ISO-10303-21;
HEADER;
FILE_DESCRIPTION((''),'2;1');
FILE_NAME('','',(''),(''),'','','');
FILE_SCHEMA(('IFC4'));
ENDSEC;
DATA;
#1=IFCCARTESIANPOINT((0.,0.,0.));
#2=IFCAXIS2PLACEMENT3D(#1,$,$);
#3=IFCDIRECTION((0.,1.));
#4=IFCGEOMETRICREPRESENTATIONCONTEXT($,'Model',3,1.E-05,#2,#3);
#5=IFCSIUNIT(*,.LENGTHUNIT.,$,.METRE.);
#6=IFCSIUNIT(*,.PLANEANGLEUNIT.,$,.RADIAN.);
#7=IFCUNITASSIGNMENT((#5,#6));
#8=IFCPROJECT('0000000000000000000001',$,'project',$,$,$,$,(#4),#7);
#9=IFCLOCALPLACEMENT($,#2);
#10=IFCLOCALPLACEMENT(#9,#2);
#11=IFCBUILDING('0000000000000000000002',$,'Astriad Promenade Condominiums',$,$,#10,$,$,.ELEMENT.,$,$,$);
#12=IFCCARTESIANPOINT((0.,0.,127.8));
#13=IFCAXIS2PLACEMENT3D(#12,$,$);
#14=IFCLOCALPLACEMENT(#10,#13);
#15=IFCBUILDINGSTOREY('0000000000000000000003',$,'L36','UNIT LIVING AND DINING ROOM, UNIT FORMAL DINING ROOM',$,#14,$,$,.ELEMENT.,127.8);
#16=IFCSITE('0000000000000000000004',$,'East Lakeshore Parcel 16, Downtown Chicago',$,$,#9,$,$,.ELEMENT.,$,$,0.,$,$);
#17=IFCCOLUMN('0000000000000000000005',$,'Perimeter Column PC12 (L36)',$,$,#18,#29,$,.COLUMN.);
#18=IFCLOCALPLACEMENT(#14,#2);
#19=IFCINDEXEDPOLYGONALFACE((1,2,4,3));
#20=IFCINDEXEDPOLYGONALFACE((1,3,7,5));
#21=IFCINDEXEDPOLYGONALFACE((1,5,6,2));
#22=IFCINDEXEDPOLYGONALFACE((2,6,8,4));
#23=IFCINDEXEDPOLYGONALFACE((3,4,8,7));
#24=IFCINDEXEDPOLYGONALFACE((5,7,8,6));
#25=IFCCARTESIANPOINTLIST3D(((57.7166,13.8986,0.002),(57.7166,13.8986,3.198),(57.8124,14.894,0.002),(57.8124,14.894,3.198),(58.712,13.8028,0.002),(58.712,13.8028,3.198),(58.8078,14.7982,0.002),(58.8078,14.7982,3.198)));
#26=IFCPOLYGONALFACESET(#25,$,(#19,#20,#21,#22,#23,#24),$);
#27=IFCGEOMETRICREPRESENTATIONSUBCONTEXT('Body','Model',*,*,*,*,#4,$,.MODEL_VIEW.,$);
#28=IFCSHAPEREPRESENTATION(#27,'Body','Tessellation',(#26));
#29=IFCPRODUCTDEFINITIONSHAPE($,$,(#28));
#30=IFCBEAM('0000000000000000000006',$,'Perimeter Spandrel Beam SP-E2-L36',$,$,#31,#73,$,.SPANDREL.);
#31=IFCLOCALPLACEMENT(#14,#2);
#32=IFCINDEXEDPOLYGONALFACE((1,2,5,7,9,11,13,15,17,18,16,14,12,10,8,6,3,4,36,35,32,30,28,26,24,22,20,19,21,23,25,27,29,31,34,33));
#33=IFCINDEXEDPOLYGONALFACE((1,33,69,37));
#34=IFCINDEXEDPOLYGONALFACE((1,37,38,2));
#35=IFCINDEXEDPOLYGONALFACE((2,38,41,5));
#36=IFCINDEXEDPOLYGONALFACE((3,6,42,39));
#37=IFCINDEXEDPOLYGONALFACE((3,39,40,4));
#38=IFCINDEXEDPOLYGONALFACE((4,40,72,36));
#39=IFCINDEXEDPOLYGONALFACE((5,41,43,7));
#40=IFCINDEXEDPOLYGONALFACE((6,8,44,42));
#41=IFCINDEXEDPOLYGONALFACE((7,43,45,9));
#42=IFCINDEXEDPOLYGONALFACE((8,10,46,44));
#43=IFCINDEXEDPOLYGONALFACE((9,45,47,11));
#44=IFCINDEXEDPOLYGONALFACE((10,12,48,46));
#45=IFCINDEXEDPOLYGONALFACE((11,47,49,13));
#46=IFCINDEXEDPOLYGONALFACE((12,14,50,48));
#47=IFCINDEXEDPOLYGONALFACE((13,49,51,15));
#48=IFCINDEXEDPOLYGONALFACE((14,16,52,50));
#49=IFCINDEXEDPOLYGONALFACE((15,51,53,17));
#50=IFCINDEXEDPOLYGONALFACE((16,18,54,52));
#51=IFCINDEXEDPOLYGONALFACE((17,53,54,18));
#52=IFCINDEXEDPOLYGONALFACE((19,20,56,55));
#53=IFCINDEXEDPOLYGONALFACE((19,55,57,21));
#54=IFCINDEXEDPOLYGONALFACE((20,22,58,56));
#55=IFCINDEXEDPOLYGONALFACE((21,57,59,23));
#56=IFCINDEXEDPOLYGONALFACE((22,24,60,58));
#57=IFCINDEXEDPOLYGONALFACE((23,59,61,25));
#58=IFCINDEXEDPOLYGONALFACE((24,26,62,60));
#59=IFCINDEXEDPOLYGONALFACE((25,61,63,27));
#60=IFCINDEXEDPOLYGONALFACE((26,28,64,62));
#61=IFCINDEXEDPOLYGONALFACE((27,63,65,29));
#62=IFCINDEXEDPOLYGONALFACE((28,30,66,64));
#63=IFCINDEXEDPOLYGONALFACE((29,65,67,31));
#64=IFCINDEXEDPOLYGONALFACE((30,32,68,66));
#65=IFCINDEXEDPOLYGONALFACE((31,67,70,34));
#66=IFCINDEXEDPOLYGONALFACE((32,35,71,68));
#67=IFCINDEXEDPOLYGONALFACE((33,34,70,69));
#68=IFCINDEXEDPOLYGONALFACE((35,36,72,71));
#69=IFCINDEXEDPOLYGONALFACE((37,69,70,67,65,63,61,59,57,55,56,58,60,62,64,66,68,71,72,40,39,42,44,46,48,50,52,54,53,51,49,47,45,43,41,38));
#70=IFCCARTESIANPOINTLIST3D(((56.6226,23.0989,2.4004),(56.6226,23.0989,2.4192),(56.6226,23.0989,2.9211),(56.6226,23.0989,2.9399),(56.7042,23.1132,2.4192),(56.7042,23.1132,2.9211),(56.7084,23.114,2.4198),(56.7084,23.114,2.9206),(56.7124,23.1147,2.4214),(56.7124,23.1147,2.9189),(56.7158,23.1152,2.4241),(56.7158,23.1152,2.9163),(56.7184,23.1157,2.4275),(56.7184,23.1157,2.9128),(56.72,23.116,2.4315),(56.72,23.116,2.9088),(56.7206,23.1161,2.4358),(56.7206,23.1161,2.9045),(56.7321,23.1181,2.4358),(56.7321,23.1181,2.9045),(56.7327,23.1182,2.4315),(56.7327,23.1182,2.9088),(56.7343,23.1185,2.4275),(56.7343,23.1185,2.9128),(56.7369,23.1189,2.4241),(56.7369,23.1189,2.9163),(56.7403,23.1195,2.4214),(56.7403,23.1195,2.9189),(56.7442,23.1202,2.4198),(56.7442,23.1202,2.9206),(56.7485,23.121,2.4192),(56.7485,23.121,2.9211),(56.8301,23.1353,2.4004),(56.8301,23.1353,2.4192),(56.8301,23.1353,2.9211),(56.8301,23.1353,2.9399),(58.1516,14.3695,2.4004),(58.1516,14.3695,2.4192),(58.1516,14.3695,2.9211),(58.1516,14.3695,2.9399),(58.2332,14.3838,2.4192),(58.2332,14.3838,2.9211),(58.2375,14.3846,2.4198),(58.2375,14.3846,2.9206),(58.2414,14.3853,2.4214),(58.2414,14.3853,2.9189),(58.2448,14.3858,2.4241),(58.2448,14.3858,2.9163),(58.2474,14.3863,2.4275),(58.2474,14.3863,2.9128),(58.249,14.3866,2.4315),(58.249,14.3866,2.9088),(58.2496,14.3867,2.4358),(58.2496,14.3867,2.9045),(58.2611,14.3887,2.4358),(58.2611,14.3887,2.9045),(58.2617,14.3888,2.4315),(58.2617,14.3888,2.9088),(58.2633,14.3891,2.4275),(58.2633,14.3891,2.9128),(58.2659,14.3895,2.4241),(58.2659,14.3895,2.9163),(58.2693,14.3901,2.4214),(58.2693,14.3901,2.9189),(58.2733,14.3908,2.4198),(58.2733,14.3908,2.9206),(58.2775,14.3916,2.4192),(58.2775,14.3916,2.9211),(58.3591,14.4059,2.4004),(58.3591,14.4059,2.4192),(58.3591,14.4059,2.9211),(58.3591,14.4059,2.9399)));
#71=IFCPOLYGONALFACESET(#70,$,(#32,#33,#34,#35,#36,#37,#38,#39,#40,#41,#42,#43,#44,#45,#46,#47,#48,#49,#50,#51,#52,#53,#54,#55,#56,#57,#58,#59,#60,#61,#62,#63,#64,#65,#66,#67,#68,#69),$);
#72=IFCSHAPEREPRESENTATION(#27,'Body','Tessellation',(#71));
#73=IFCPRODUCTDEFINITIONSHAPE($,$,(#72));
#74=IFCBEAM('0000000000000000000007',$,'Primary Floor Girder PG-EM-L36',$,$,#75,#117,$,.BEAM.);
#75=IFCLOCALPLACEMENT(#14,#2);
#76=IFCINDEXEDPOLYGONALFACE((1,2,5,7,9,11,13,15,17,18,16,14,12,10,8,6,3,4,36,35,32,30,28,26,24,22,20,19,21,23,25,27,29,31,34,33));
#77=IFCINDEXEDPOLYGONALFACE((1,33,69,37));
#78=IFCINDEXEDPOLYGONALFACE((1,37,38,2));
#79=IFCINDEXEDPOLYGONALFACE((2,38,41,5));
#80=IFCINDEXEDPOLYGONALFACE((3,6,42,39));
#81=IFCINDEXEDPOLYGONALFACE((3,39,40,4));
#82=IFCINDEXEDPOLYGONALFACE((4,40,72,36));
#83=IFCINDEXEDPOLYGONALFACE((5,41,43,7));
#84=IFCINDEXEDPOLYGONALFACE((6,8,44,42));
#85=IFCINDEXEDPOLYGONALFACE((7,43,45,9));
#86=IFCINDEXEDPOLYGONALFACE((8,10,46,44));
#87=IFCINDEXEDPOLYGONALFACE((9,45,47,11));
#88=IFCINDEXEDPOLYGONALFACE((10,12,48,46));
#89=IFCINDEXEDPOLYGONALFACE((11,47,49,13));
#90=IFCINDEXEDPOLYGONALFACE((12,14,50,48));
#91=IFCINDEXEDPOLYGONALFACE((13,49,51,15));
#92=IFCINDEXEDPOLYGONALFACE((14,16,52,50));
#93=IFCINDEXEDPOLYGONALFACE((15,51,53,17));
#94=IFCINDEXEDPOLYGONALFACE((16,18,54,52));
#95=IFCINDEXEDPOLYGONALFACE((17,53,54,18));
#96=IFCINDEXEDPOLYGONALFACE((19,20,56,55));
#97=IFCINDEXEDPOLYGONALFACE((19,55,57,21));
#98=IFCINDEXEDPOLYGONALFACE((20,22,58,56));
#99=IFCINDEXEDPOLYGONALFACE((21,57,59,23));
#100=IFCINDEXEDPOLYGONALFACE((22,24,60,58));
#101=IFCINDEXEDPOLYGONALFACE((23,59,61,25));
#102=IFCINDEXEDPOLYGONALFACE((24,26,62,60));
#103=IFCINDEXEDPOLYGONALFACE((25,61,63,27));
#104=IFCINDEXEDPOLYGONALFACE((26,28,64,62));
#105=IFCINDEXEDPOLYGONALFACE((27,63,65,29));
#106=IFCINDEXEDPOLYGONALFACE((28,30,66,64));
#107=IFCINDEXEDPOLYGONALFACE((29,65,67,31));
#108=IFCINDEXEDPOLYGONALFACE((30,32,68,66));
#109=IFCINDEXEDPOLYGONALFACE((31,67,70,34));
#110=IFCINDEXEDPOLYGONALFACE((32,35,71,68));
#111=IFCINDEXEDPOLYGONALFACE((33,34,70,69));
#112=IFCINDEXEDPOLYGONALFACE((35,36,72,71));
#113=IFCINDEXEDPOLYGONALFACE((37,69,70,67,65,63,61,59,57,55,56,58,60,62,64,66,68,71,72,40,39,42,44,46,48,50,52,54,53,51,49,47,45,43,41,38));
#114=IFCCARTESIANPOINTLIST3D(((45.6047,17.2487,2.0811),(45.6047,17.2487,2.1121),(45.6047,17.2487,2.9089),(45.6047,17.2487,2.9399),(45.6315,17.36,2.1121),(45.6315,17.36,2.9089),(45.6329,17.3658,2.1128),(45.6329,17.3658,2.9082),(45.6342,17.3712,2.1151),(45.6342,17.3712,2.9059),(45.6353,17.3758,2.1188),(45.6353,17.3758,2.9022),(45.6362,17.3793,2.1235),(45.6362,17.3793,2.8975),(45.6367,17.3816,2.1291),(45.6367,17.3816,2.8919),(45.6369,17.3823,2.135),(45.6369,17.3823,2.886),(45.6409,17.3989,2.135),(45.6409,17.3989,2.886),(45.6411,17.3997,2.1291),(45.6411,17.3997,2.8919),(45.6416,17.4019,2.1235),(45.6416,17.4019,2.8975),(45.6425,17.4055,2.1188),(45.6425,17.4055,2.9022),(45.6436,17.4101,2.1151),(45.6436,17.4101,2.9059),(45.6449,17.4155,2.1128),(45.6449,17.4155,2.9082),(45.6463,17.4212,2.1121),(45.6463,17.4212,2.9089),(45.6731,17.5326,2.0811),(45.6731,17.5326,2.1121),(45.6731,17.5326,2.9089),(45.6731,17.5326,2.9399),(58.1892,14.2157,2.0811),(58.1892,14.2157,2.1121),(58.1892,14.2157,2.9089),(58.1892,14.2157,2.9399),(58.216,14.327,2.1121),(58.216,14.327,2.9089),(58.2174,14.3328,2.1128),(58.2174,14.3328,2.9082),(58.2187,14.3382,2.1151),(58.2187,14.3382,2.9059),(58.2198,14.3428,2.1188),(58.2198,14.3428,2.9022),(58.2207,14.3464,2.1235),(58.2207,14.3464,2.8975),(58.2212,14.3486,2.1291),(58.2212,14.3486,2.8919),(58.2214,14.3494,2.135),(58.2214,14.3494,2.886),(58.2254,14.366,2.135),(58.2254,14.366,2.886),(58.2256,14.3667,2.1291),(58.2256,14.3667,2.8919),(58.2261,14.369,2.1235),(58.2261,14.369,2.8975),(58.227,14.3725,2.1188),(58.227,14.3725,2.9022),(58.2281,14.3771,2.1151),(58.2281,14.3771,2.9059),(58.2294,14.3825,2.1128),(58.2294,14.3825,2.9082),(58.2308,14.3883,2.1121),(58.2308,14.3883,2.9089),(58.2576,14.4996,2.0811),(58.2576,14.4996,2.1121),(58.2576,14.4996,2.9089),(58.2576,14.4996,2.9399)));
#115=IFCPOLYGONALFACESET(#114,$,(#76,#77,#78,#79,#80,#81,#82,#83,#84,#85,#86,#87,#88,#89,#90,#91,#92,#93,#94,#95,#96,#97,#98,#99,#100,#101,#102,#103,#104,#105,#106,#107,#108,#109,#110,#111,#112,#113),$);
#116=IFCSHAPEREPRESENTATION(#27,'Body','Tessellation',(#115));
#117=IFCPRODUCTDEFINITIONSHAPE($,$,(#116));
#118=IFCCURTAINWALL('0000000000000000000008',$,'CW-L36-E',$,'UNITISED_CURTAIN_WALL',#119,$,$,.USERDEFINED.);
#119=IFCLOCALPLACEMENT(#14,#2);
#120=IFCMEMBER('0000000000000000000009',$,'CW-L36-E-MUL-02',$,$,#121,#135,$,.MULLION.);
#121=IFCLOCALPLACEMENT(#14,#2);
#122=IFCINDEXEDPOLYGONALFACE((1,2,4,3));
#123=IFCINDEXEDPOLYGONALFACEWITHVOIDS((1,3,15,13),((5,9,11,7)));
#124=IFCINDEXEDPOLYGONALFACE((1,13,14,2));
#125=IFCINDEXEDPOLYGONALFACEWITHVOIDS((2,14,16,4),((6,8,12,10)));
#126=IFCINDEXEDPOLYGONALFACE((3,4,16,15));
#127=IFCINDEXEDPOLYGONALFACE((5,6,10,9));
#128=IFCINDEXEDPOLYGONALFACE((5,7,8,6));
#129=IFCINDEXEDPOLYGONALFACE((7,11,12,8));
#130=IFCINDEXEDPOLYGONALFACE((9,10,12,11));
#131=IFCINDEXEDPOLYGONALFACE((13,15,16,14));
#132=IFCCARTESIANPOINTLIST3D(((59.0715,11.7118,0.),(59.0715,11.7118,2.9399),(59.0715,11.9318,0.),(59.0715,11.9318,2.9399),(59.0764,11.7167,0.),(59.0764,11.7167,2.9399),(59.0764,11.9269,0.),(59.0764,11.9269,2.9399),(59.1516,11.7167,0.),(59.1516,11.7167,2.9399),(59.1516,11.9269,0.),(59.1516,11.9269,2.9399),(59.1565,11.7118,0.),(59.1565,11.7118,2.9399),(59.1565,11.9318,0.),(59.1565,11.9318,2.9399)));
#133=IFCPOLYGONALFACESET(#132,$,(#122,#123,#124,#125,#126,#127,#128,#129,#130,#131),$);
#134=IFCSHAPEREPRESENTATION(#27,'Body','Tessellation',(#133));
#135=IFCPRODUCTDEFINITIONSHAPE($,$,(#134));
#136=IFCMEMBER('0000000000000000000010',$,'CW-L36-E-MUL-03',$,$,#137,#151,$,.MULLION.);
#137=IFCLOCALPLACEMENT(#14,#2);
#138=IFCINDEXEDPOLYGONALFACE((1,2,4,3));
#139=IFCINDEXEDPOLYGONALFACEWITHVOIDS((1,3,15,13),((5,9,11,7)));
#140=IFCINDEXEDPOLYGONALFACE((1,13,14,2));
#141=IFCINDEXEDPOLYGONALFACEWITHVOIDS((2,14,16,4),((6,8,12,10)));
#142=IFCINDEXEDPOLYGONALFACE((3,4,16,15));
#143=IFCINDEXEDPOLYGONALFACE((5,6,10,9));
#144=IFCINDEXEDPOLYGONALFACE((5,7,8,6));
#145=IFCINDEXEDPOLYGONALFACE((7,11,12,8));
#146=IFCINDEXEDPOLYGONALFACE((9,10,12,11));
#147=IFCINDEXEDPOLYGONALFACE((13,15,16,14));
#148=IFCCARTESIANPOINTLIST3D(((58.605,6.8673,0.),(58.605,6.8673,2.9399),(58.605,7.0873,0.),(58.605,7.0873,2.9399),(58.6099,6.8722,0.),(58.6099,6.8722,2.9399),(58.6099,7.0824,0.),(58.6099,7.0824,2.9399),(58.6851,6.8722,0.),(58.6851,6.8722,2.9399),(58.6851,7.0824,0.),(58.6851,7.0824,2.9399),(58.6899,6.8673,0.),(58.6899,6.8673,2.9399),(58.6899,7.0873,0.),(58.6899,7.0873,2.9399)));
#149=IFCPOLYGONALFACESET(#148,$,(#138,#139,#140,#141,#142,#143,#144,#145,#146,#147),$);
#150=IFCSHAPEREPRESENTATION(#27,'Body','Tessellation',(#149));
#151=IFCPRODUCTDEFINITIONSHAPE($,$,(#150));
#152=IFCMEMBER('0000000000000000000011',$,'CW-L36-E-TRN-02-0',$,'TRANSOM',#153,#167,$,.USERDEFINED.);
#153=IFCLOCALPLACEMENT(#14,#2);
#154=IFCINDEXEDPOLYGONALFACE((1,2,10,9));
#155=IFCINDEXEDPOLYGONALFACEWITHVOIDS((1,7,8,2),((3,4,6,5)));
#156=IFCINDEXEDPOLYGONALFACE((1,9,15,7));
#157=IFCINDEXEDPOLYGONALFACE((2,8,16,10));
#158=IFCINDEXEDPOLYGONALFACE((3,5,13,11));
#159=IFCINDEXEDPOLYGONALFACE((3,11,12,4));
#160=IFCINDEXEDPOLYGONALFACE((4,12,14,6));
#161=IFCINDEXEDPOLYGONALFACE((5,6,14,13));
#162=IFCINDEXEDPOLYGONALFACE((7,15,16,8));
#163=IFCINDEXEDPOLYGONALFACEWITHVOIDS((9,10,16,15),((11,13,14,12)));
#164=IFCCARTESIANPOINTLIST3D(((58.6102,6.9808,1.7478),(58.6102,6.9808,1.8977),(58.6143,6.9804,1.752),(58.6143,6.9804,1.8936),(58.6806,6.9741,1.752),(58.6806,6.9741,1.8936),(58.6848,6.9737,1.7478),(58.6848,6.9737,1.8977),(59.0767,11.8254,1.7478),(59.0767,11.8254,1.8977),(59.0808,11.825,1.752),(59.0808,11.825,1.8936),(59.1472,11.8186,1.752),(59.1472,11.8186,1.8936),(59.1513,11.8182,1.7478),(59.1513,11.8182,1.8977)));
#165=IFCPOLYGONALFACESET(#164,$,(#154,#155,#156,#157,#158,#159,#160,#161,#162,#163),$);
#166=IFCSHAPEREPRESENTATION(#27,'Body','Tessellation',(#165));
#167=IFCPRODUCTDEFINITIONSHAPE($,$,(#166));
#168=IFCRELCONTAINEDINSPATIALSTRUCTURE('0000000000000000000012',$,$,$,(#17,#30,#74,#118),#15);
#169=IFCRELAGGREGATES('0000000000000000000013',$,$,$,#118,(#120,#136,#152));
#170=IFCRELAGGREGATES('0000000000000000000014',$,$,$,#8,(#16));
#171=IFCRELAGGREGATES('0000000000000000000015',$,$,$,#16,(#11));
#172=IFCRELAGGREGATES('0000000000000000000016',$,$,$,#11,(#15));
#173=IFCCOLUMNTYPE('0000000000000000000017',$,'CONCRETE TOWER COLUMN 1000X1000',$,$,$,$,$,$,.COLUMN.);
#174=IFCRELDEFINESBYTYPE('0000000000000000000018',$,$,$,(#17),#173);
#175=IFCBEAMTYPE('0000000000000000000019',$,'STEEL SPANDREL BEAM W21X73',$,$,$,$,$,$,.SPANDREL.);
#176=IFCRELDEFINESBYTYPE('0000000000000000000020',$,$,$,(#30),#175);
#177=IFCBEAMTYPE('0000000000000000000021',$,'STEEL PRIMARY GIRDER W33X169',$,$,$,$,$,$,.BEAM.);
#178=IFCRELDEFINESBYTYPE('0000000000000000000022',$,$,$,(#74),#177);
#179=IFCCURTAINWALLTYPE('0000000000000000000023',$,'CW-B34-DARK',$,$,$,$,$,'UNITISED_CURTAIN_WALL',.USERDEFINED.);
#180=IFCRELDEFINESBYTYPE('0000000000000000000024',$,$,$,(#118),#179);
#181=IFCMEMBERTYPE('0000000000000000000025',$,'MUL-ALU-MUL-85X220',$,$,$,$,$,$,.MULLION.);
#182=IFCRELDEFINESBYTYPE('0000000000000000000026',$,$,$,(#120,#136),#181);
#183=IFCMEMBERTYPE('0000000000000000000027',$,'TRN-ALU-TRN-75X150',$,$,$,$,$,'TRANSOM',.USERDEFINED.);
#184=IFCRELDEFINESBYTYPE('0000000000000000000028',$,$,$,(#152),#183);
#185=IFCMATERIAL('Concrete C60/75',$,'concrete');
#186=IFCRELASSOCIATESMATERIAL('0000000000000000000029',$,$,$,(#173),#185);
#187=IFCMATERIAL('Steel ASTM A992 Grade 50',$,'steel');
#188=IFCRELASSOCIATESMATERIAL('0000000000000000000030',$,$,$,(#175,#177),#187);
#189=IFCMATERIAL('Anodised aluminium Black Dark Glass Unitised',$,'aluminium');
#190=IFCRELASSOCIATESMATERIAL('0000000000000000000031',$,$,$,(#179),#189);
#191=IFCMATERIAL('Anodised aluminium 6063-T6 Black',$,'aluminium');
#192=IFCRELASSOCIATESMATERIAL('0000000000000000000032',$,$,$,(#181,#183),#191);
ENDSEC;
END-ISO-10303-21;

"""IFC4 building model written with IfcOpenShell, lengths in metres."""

from ifc_helpers import new_model, si_unit, direction, frame, origin, origin_2d, place, context, subcontext, project, spatial, rectangle, hollow_rectangle, i_section, extrude, source, transform, mapped, material, material_profile, profile_set, type_object, type_shapes, element, aggregate, save


model = new_model("IFC4")

# Units and contexts
model_context = context("Model", 3, precision=1e-05, world=origin(), true_north=direction((0.0, 1.0)))
body_context = subcontext(model_context, "Body", "Model", "MODEL_VIEW")
ifc_project = project(units=[si_unit("LENGTHUNIT", "METRE"), si_unit("PLANEANGLEUNIT", "RADIAN")], contexts=[model_context])

# Site, building, storey
site_placement = place(None, origin())
site = spatial("IfcSite", under=ifc_project, at=site_placement, Name="East Lakeshore Parcel 16, Downtown Chicago", CompositionType="ELEMENT", RefElevation=0.0)
building_placement = place(site_placement, origin())
building = spatial("IfcBuilding", under=site, at=building_placement, Name="Astriad Promenade Condominiums", CompositionType="ELEMENT")
storey_placement = place(building_placement, frame((0.0, 0.0, 127.8)))
storey = spatial("IfcBuildingStorey", under=building, at=storey_placement, Name="L36", Description="UNIT LIVING AND DINING ROOM, UNIT FORMAL DINING ROOM", CompositionType="ELEMENT", Elevation=127.8)

# Column
ifc_material_1 = material(Name="Concrete C60/75", Category="concrete")
ifc_material_profile_1 = material_profile(ifc_material_1, rectangle(XDim=1.0, YDim=1.0, at=origin_2d()), Name="RC-COL-1000X1000")
ifc_profile_set_1 = profile_set([ifc_material_profile_1], Name="Concrete C60/75")
column_type = type_object("IfcColumnType", Name="CONCRETE TOWER COLUMN 1000X1000", PredefinedType="COLUMN", material=ifc_profile_set_1)
shared_shape_1 = source(origin(), body_context, "Body", "SweptSolid", [
    extrude(rectangle(XDim=1.0, YDim=1.0, at=origin_2d()), origin(), (0.0, 0.0, 1.0), 3.196),
])
type_shapes(column_type, [shared_shape_1])
column_placement = place(storey_placement, frame((58.2622, 14.3484, 0.002), z_axis=(0.0, 0.0, 1.0), x_axis=(0.995396, -0.095846, 0.0)))
element("IfcColumn", 1, at=column_placement, inside=storey, type_object=column_type, Name="Perimeter Column PC12 (L36)", PredefinedType="COLUMN", context=body_context, shape_type="MappedRepresentation", body=[
    mapped(shared_shape_1, transform((0.0, 0.0, 0.0), scale=1.0)),
])

# Beams
ifc_material_2 = material(Name="Steel ASTM A992 Grade 50", Category="steel")
ifc_material_profile_2 = material_profile(ifc_material_2, i_section(OverallWidth=0.2107, OverallDepth=0.5396, WebThickness=0.0117, FlangeThickness=0.0188, FilletRadius=0.0166, at=origin_2d()), Name="W21X73")
ifc_profile_set_2 = profile_set([ifc_material_profile_2], Name="Steel ASTM A992 Grade 50")
beam_type_1 = type_object("IfcBeamType", Name="STEEL SPANDREL BEAM W21X73", PredefinedType="SPANDREL", material=ifc_profile_set_2)
shared_shape_2 = source(origin(), body_context, "Body", "SweptSolid", [
    extrude(i_section(OverallWidth=0.2107, OverallDepth=0.5396, WebThickness=0.0117, FlangeThickness=0.0188, FilletRadius=0.0166, at=origin_2d()), origin(), (0.0, 0.0, 1.0), 8.8623),
])
type_shapes(beam_type_1, [shared_shape_2])
beam_1_placement = place(storey_placement, frame((58.2554, 14.3877, 2.6702), z_axis=(-0.172533, 0.985004, 0.0), x_axis=(-0.985004, -0.172533, 0.0)))
element("IfcBeam", 2, at=beam_1_placement, inside=storey, type_object=beam_type_1, Name="Perimeter Spandrel Beam SP-E2-L36", PredefinedType="SPANDREL", context=body_context, shape_type="MappedRepresentation", body=[
    mapped(shared_shape_2, transform((0.0, 0.0, 0.0), scale=1.0)),
])
ifc_material_profile_3 = material_profile(ifc_material_2, i_section(OverallWidth=0.292, OverallDepth=0.8589, WebThickness=0.0171, FlangeThickness=0.031, FilletRadius=0.0229, at=origin_2d()), Name="W33X169")
ifc_profile_set_3 = profile_set([ifc_material_profile_3], Name="Steel ASTM A992 Grade 50")
beam_type_2 = type_object("IfcBeamType", Name="STEEL PRIMARY GIRDER W33X169", PredefinedType="BEAM", material=ifc_profile_set_3)
shared_shape_3 = source(origin(), body_context, "Body", "SweptSolid", [
    extrude(i_section(OverallWidth=0.292, OverallDepth=0.8589, WebThickness=0.0171, FlangeThickness=0.031, FilletRadius=0.0229, at=origin_2d()), origin(), (0.0, 0.0, 1.0), 12.9448),
])
type_shapes(beam_type_2, [shared_shape_3])
beam_2_placement = place(storey_placement, frame((58.2234, 14.3577, 2.5105), z_axis=(-0.972164, 0.234299, 0.0), x_axis=(-0.234299, -0.972164, 0.0)))
element("IfcBeam", 3, at=beam_2_placement, inside=storey, type_object=beam_type_2, Name="Primary Floor Girder PG-EM-L36", PredefinedType="BEAM", context=body_context, shape_type="MappedRepresentation", body=[
    mapped(shared_shape_3, transform((0.0, 0.0, 0.0), scale=1.0)),
])

# Curtain wall, members
ifc_material_3 = material(Name="Anodised aluminium Black Dark Glass Unitised", Category="aluminium")
curtain_wall_type = type_object("IfcCurtainWallType", Name="CW-B34-DARK", ElementType="UNITISED_CURTAIN_WALL", PredefinedType="USERDEFINED", material=ifc_material_3)
curtain_wall_placement = place(storey_placement, origin())
curtain_wall = element("IfcCurtainWall", 4, at=curtain_wall_placement, inside=storey, type_object=curtain_wall_type, Name="CW-L36-E", ObjectType="UNITISED_CURTAIN_WALL", PredefinedType="USERDEFINED")
ifc_material_4 = material(Name="Anodised aluminium 6063-T6 Black", Category="aluminium")
ifc_material_profile_4 = material_profile(ifc_material_4, hollow_rectangle(XDim=0.085, YDim=0.22, WallThickness=0.0049, at=origin_2d()), Name="ALU-MUL-85X220")
ifc_profile_set_4 = profile_set([ifc_material_profile_4], Name="Anodised aluminium 6063-T6 Black")
member_type_1 = type_object("IfcMemberType", Name="MUL-ALU-MUL-85X220", PredefinedType="MULLION", material=ifc_profile_set_4)
shared_shape_4 = source(origin(), body_context, "Body", "SweptSolid", [
    extrude(hollow_rectangle(XDim=0.085, YDim=0.22, WallThickness=0.0049, at=origin_2d()), origin(), (0.0, 0.0, 1.0), 2.9399),
])
type_shapes(member_type_1, [shared_shape_4])
member_1_placement = place(storey_placement, frame((59.114, 11.8218, 0.0), z_axis=(0.0, 0.0, 1.0), x_axis=(1.0, 0.0, 0.0)))
member_1 = element("IfcMember", 5, at=member_1_placement, type_object=member_type_1, Name="CW-L36-E-MUL-02", PredefinedType="MULLION", context=body_context, shape_type="MappedRepresentation", body=[
    mapped(shared_shape_4, transform((0.0, 0.0, 0.0), scale=1.0)),
])
member_2_placement = place(storey_placement, frame((58.6475, 6.9773, 0.0), z_axis=(0.0, 0.0, 1.0), x_axis=(1.0, 0.0, 0.0)))
member_2 = element("IfcMember", 6, at=member_2_placement, type_object=member_type_1, Name="CW-L36-E-MUL-03", PredefinedType="MULLION", context=body_context, shape_type="MappedRepresentation", body=[
    mapped(shared_shape_4, transform((0.0, 0.0, 0.0), scale=1.0)),
])
ifc_material_profile_5 = material_profile(ifc_material_4, hollow_rectangle(XDim=0.075, YDim=0.1499, WallThickness=0.0042, at=origin_2d()), Name="ALU-TRN-75X150")
ifc_profile_set_5 = profile_set([ifc_material_profile_5], Name="Anodised aluminium 6063-T6 Black")
member_type_2 = type_object("IfcMemberType", Name="TRN-ALU-TRN-75X150", ElementType="TRANSOM", PredefinedType="USERDEFINED", material=ifc_profile_set_5)
shared_shape_5 = source(origin(), body_context, "Body", "SweptSolid", [
    extrude(hollow_rectangle(XDim=0.075, YDim=0.1499, WallThickness=0.0042, at=origin_2d()), origin(), (0.0, 0.0, 1.0), 4.8669),
])
type_shapes(member_type_2, [shared_shape_5])
member_3_placement = place(storey_placement, frame((59.114, 11.8218, 1.8228), z_axis=(-0.095862, -0.995395, 0.0), x_axis=(0.995395, -0.095862, 0.0)))
member_3 = element("IfcMember", 7, at=member_3_placement, type_object=member_type_2, Name="CW-L36-E-TRN-02-0", ObjectType="TRANSOM", PredefinedType="USERDEFINED", context=body_context, shape_type="MappedRepresentation", body=[
    mapped(shared_shape_5, transform((0.0, 0.0, 0.0), scale=1.0)),
])
aggregate(curtain_wall, [member_1, member_2, member_3])

save(model, "model.ifc")
